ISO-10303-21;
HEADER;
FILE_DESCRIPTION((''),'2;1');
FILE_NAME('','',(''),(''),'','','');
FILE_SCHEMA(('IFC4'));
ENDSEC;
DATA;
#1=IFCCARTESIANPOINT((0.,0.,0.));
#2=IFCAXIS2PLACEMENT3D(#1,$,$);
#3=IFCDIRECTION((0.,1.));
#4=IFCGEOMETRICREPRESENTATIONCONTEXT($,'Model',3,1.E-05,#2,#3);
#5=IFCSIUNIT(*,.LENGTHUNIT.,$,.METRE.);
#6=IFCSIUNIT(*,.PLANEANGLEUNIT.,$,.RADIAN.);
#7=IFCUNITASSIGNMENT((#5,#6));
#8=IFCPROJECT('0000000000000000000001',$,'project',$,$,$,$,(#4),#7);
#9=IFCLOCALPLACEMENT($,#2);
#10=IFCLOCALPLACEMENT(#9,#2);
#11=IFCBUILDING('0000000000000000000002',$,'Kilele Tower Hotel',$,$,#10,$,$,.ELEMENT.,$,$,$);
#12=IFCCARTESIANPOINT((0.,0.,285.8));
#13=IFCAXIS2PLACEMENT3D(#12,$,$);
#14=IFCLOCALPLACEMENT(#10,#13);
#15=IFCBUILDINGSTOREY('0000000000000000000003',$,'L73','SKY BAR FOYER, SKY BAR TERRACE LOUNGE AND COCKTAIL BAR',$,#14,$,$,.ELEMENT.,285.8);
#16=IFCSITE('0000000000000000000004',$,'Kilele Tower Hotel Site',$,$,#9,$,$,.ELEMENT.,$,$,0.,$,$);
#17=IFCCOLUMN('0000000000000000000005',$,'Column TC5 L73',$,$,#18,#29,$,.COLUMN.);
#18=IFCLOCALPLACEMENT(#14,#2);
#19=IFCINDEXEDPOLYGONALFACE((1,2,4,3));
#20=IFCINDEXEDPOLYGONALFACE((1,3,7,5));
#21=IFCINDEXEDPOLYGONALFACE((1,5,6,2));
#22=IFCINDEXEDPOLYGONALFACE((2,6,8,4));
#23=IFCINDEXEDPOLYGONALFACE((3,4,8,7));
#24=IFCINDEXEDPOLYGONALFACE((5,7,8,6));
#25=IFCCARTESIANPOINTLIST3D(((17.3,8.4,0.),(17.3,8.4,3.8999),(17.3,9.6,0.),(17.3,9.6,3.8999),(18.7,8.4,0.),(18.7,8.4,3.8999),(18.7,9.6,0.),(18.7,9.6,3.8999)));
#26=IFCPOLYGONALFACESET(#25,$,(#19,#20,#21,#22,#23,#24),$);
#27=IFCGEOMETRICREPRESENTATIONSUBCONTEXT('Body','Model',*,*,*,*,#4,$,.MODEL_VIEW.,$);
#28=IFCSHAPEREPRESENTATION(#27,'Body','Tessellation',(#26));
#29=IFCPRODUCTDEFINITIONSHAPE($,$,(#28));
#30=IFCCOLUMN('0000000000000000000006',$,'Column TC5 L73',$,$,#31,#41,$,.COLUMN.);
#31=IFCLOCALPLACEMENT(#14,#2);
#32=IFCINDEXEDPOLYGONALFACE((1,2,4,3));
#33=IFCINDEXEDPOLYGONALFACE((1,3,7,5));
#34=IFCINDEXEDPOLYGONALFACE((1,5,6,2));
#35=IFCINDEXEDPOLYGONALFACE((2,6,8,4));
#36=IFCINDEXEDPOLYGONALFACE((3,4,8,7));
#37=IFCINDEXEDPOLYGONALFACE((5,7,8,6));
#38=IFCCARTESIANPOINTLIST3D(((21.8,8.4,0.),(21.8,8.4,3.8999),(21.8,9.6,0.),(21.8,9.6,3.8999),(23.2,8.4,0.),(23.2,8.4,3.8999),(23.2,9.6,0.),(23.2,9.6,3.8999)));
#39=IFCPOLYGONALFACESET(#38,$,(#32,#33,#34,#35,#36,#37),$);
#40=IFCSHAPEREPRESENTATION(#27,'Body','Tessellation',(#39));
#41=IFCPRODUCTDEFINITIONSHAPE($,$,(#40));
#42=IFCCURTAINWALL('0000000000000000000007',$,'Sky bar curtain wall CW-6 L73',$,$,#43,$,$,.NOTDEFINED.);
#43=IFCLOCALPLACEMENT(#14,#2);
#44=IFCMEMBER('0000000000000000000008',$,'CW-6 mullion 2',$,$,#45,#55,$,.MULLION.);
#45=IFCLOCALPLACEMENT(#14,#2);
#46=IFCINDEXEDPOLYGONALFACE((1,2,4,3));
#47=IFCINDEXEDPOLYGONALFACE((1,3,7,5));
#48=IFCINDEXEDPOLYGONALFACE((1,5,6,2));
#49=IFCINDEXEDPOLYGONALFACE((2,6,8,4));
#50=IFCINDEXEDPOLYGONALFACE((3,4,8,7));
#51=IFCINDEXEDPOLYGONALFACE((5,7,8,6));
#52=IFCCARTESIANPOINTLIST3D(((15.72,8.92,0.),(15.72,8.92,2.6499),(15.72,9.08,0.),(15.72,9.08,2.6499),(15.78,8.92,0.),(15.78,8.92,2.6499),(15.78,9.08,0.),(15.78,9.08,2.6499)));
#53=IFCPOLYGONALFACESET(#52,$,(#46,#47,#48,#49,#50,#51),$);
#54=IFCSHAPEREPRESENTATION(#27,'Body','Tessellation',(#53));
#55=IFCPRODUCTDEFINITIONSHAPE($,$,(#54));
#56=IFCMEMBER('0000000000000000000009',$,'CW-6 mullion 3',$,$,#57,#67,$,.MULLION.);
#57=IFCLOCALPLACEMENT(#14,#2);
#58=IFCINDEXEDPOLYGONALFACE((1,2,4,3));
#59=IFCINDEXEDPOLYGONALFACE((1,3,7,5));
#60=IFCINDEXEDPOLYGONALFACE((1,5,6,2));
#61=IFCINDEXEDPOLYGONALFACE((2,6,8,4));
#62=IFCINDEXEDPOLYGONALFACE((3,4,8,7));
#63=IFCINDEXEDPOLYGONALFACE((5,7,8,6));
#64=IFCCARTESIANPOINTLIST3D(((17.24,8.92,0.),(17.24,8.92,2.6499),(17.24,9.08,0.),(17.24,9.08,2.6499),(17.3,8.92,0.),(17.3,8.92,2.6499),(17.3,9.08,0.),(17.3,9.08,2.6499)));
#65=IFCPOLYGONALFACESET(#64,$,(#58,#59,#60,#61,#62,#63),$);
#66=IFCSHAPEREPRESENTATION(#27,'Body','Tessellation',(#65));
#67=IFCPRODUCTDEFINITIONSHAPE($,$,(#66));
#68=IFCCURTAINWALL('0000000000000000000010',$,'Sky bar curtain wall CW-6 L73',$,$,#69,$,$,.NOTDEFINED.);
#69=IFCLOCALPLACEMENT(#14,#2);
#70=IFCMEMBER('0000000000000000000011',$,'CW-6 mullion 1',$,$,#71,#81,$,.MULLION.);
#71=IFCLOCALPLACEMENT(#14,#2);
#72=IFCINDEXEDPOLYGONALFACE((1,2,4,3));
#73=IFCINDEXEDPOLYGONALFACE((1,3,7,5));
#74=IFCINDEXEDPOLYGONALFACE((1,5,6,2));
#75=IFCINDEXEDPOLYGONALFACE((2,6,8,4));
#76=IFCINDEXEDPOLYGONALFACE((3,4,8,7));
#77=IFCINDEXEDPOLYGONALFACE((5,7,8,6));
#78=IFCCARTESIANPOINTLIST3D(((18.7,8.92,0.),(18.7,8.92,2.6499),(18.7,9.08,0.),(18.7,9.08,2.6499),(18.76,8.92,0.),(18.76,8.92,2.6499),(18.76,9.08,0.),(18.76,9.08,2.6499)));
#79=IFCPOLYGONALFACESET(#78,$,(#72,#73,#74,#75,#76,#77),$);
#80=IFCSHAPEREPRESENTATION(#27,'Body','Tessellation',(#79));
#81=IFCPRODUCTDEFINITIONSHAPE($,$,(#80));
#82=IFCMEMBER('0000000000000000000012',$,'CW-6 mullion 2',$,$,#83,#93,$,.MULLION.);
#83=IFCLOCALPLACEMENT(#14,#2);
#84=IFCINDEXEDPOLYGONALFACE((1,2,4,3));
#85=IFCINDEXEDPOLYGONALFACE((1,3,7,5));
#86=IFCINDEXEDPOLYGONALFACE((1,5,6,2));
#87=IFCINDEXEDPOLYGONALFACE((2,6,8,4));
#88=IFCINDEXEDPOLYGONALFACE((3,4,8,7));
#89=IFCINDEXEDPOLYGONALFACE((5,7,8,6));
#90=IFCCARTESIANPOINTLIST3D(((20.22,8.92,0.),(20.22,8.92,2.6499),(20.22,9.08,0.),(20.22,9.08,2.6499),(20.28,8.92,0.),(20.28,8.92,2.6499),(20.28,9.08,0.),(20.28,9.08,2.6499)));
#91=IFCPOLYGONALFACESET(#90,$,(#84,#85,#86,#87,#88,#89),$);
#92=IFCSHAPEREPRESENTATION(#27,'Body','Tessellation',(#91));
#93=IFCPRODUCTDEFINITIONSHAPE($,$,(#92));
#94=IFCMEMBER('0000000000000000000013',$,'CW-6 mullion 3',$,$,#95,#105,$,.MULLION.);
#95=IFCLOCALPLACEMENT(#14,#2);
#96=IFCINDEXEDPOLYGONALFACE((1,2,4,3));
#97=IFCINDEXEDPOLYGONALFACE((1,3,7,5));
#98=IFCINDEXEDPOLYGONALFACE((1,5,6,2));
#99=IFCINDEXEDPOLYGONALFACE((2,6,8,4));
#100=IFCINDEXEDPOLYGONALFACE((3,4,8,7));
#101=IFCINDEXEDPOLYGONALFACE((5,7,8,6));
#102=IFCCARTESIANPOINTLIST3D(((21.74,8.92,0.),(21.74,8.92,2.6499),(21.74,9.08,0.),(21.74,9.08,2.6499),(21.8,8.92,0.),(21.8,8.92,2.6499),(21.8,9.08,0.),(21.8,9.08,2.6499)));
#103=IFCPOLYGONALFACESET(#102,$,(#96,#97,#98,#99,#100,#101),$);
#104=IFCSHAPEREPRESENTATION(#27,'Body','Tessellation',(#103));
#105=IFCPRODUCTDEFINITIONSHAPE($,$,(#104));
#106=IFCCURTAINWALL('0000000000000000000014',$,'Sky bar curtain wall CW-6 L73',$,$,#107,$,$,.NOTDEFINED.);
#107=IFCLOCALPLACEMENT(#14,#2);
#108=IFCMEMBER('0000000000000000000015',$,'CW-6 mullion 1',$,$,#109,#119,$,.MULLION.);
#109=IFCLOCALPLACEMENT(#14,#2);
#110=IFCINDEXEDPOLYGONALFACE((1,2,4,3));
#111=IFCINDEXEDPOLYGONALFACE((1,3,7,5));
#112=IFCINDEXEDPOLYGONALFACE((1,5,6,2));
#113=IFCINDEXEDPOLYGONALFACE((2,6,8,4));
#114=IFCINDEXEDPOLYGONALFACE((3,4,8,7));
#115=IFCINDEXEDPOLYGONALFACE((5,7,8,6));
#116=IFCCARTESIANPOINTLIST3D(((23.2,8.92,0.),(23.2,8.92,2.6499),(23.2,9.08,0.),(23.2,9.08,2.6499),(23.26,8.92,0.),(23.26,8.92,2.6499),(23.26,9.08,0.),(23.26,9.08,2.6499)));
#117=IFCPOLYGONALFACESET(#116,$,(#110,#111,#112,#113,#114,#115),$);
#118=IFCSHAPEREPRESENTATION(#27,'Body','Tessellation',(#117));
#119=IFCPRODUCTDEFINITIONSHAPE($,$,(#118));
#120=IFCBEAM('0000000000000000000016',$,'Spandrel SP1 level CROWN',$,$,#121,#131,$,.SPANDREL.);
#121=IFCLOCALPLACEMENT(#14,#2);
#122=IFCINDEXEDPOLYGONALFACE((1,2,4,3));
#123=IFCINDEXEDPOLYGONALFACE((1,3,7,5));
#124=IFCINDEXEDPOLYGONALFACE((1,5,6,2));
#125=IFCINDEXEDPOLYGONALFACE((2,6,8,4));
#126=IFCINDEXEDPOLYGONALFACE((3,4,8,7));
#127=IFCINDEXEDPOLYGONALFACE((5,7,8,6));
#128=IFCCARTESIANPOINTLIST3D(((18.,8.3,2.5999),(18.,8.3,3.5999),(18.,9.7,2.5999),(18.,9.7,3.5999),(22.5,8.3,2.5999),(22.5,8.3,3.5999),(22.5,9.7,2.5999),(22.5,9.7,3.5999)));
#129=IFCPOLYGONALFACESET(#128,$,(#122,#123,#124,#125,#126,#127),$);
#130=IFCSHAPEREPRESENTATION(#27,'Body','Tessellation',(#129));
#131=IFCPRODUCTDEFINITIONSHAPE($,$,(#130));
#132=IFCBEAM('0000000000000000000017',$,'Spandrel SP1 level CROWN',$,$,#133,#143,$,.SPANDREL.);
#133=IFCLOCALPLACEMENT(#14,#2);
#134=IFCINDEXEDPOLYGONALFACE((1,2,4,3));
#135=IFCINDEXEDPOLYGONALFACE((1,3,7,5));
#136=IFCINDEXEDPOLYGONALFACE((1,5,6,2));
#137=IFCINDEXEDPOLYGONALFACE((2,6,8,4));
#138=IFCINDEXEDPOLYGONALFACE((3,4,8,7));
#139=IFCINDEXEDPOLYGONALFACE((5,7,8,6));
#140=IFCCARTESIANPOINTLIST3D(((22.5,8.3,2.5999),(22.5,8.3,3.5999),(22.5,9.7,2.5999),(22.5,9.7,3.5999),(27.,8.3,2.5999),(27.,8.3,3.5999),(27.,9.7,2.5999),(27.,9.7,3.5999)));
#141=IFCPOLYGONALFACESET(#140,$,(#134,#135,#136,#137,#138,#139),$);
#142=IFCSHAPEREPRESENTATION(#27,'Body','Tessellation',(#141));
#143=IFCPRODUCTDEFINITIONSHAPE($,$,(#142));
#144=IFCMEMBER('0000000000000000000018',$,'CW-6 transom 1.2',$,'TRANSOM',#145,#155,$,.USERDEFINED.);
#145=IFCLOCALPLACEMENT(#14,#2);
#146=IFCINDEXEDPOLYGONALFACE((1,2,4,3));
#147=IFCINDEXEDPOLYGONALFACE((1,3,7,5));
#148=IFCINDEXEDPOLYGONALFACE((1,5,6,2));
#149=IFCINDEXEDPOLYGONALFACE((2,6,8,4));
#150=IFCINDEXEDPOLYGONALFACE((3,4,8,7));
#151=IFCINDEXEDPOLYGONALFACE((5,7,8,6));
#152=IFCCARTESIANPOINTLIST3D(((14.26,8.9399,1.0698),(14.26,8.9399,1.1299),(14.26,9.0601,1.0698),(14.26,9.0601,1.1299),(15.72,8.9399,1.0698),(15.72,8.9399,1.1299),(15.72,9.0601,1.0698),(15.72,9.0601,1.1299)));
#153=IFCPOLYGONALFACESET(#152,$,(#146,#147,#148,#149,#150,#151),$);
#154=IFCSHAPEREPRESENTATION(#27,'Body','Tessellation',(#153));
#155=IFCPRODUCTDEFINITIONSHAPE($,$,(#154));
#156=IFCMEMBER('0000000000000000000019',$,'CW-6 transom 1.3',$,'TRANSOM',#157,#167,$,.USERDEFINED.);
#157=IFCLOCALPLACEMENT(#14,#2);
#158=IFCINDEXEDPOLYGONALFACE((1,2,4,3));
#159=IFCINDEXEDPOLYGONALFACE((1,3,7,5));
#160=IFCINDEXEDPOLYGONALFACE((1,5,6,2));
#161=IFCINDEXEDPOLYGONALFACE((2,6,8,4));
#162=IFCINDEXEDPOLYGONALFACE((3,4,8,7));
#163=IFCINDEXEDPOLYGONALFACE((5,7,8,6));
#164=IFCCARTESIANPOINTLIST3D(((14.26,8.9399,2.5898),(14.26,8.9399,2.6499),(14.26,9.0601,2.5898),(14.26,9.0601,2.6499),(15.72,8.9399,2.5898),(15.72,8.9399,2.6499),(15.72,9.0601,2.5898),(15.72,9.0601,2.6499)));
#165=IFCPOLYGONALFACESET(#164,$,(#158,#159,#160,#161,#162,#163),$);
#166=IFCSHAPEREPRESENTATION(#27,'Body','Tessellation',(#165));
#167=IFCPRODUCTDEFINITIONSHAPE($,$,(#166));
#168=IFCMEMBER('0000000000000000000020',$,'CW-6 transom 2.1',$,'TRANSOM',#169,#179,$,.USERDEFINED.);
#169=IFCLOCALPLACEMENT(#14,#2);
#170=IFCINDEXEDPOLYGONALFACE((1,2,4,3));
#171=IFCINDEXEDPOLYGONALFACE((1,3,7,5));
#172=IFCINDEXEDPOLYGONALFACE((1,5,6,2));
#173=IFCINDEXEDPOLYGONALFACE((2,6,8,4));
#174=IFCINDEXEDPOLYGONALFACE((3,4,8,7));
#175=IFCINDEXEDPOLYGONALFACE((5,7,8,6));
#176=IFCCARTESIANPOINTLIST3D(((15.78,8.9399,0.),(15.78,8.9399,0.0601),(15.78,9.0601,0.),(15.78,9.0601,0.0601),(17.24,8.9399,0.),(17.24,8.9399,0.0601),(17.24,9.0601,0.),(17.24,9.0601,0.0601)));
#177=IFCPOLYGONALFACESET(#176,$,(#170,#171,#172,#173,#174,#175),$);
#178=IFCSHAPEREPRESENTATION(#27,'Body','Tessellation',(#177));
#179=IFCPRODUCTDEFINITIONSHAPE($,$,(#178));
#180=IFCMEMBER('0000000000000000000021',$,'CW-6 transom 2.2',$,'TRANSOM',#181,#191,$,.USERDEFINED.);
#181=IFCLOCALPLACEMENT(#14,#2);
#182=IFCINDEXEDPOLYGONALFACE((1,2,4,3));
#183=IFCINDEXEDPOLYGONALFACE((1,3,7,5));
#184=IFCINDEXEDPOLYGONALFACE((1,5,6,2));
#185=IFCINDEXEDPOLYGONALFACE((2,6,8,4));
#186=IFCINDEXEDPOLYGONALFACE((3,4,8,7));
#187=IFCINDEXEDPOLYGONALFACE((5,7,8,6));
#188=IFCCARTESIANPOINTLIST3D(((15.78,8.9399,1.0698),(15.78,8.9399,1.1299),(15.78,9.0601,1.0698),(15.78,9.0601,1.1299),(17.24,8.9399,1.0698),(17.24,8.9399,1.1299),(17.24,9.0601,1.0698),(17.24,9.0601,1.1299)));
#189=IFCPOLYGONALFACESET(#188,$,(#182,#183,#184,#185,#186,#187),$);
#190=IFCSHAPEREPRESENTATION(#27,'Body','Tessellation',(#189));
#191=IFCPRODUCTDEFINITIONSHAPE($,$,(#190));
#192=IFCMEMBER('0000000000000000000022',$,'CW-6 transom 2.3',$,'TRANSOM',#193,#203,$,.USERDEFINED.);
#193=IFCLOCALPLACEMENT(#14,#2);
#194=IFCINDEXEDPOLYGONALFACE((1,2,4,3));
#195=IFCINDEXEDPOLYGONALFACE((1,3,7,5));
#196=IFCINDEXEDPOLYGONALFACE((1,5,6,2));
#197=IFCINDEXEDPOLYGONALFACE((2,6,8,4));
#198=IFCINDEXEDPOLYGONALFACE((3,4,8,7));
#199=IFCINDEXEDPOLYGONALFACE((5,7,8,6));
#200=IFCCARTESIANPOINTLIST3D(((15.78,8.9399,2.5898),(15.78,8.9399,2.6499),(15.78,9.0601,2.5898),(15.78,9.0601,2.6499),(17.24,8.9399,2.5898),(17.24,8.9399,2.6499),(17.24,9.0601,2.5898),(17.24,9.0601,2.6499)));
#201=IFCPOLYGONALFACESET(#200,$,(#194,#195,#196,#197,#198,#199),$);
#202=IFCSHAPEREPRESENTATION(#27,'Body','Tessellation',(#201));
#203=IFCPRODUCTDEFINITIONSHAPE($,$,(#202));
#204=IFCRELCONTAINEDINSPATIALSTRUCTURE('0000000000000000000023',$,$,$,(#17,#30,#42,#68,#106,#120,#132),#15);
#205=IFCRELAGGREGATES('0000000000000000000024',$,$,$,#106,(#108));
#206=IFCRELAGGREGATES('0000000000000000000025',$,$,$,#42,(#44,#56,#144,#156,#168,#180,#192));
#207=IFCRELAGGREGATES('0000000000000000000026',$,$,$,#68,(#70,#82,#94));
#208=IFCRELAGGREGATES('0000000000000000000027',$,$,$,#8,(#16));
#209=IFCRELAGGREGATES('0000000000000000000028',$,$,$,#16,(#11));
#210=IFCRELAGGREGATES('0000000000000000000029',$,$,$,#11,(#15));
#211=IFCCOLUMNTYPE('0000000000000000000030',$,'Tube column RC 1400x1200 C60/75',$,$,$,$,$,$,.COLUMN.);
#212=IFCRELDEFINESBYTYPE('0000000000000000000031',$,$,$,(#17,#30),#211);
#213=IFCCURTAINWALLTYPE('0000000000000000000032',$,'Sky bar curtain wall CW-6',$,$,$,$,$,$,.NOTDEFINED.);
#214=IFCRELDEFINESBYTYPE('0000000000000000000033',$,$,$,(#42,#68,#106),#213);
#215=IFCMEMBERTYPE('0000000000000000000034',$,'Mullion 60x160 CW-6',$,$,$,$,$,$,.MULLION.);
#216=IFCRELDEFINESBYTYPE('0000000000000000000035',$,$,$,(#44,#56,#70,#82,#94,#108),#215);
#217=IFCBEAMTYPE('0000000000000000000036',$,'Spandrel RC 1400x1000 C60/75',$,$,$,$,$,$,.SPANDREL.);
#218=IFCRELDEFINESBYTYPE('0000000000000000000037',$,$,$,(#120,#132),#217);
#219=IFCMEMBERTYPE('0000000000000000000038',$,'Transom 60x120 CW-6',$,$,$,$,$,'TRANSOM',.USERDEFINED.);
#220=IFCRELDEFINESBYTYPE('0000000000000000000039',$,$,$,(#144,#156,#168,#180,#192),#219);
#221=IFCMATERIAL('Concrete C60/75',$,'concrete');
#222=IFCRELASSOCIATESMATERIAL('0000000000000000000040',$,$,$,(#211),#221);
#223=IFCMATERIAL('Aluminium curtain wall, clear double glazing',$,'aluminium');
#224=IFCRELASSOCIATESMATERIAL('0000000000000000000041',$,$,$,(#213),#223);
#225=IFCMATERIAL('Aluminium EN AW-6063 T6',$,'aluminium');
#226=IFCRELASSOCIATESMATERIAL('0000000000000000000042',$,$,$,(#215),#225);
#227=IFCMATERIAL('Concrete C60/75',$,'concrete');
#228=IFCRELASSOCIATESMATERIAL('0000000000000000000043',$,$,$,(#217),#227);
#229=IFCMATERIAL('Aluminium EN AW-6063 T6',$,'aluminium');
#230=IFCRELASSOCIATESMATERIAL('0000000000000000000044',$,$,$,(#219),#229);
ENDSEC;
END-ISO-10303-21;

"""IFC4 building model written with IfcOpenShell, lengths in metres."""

from ifc_helpers import new_model, si_unit, direction, frame, origin, origin_2d, place, context, subcontext, project, spatial, rectangle, extrude, material, material_profile, profile_set, type_object, element, aggregate, save


model = new_model("IFC4")

# Units and contexts
model_context = context("Model", 3, precision=1e-05, world=origin(), true_north=direction((0.0, 1.0)))
body_context = subcontext(model_context, "Body", "Model", "MODEL_VIEW")
ifc_project = project(units=[si_unit("LENGTHUNIT", "METRE"), si_unit("PLANEANGLEUNIT", "RADIAN")], contexts=[model_context])

# Site, building, storey
site_placement = place(None, origin())
site = spatial("IfcSite", under=ifc_project, at=site_placement, Name="Kilele Tower Hotel Site", CompositionType="ELEMENT", RefElevation=0.0)
building_placement = place(site_placement, origin())
building = spatial("IfcBuilding", under=site, at=building_placement, Name="Kilele Tower Hotel", CompositionType="ELEMENT")
storey_placement = place(building_placement, frame((0.0, 0.0, 285.8)))
storey = spatial("IfcBuildingStorey", under=building, at=storey_placement, Name="L73", Description="SKY BAR FOYER, SKY BAR TERRACE LOUNGE AND COCKTAIL BAR", CompositionType="ELEMENT", Elevation=285.8)

# Columns
ifc_material_1 = material(Name="Concrete C60/75", Category="concrete")
ifc_material_profile_1 = material_profile(ifc_material_1, rectangle(XDim=1.3999, YDim=1.2, at=origin_2d()))
ifc_profile_set_1 = profile_set([ifc_material_profile_1], Name="Concrete C60/75")
column_type = type_object("IfcColumnType", Name="Tube column RC 1400x1200 C60/75", PredefinedType="COLUMN", material=ifc_profile_set_1)
for number, where, z_axis, x_axis, name in (
    (1, (18.0, 9.0, 0.0), (0.0, 0.0, 1.0), (1.0, 0.0, 0.0), "Column TC5 L73"),
    (2, (22.5, 9.0, 0.0), (0.0, 0.0, 1.0), (1.0, 0.0, 0.0), "Column TC5 L73"),
):
    element("IfcColumn", number, at=place(storey_placement, frame(where, z_axis=z_axis, x_axis=x_axis)), inside=storey, type_object=column_type, Name=name, PredefinedType="COLUMN", context=body_context, shape_type="SweptSolid", body=[
        extrude(rectangle(XDim=1.3999, YDim=1.2, at=origin_2d()), origin(), (0.0, 0.0, 1.0), 3.8999),
    ])

# Curtain walls, members
ifc_material_2 = material(Name="Aluminium curtain wall, clear double glazing", Category="aluminium")
curtain_wall_type = type_object("IfcCurtainWallType", Name="Sky bar curtain wall CW-6", PredefinedType="NOTDEFINED", material=ifc_material_2)
curtain_wall_1_placement = place(storey_placement, origin())
curtain_wall_1 = element("IfcCurtainWall", 3, at=curtain_wall_1_placement, inside=storey, type_object=curtain_wall_type, Name="Sky bar curtain wall CW-6 L73", PredefinedType="NOTDEFINED")
ifc_material_3 = material(Name="Aluminium EN AW-6063 T6", Category="aluminium")
ifc_material_profile_2 = material_profile(ifc_material_3, rectangle(XDim=0.1599, YDim=0.0601, at=origin_2d()))
ifc_profile_set_2 = profile_set([ifc_material_profile_2], Name="Aluminium EN AW-6063 T6")
member_type_1 = type_object("IfcMemberType", Name="Mullion 60x160 CW-6", PredefinedType="MULLION", material=ifc_profile_set_2)
member_1_placement = place(storey_placement, frame((15.75, 9.0, 0.0), z_axis=(0.0, 0.0, 1.0), x_axis=(0.0, 1.0, 0.0)))
member_1 = element("IfcMember", 4, at=member_1_placement, type_object=member_type_1, Name="CW-6 mullion 2", PredefinedType="MULLION", context=body_context, shape_type="SweptSolid", body=[
    extrude(rectangle(XDim=0.1599, YDim=0.0601, at=origin_2d()), origin(), (0.0, 0.0, 1.0), 2.6499),
])
member_2_placement = place(storey_placement, frame((17.27, 9.0, 0.0), z_axis=(0.0, 0.0, 1.0), x_axis=(0.0, 1.0, 0.0)))
member_2 = element("IfcMember", 5, at=member_2_placement, type_object=member_type_1, Name="CW-6 mullion 3", PredefinedType="MULLION", context=body_context, shape_type="SweptSolid", body=[
    extrude(rectangle(XDim=0.1599, YDim=0.0601, at=origin_2d()), origin(), (0.0, 0.0, 1.0), 2.6499),
])
curtain_wall_2_placement = place(storey_placement, origin())
curtain_wall_2 = element("IfcCurtainWall", 6, at=curtain_wall_2_placement, inside=storey, type_object=curtain_wall_type, Name="Sky bar curtain wall CW-6 L73", PredefinedType="NOTDEFINED")
member_3_placement = place(storey_placement, frame((18.73, 9.0, 0.0), z_axis=(0.0, 0.0, 1.0), x_axis=(0.0, 1.0, 0.0)))
member_3 = element("IfcMember", 7, at=member_3_placement, type_object=member_type_1, Name="CW-6 mullion 1", PredefinedType="MULLION", context=body_context, shape_type="SweptSolid", body=[
    extrude(rectangle(XDim=0.1599, YDim=0.0601, at=origin_2d()), origin(), (0.0, 0.0, 1.0), 2.6499),
])
member_4_placement = place(storey_placement, frame((20.25, 9.0, 0.0), z_axis=(0.0, 0.0, 1.0), x_axis=(0.0, 1.0, 0.0)))
member_4 = element("IfcMember", 8, at=member_4_placement, type_object=member_type_1, Name="CW-6 mullion 2", PredefinedType="MULLION", context=body_context, shape_type="SweptSolid", body=[
    extrude(rectangle(XDim=0.1599, YDim=0.0601, at=origin_2d()), origin(), (0.0, 0.0, 1.0), 2.6499),
])
member_5_placement = place(storey_placement, frame((21.77, 9.0, 0.0), z_axis=(0.0, 0.0, 1.0), x_axis=(0.0, 1.0, 0.0)))
member_5 = element("IfcMember", 9, at=member_5_placement, type_object=member_type_1, Name="CW-6 mullion 3", PredefinedType="MULLION", context=body_context, shape_type="SweptSolid", body=[
    extrude(rectangle(XDim=0.1599, YDim=0.0601, at=origin_2d()), origin(), (0.0, 0.0, 1.0), 2.6499),
])

# Curtain wall, member
curtain_wall_3_placement = place(storey_placement, origin())
curtain_wall_3 = element("IfcCurtainWall", 10, at=curtain_wall_3_placement, inside=storey, type_object=curtain_wall_type, Name="Sky bar curtain wall CW-6 L73", PredefinedType="NOTDEFINED")
member_6_placement = place(storey_placement, frame((23.23, 9.0, 0.0), z_axis=(0.0, 0.0, 1.0), x_axis=(0.0, 1.0, 0.0)))
member_6 = element("IfcMember", 11, at=member_6_placement, type_object=member_type_1, Name="CW-6 mullion 1", PredefinedType="MULLION", context=body_context, shape_type="SweptSolid", body=[
    extrude(rectangle(XDim=0.1599, YDim=0.0601, at=origin_2d()), origin(), (0.0, 0.0, 1.0), 2.6499),
])
aggregate(curtain_wall_3, [member_6])

# Beams
ifc_material_4 = material(Name="Concrete C60/75", Category="concrete")
ifc_material_profile_3 = material_profile(ifc_material_4, rectangle(XDim=1.3999, YDim=1.0, at=origin_2d()))
ifc_profile_set_3 = profile_set([ifc_material_profile_3], Name="Concrete C60/75")
beam_type = type_object("IfcBeamType", Name="Spandrel RC 1400x1000 C60/75", PredefinedType="SPANDREL", material=ifc_profile_set_3)
for number, where, z_axis, x_axis, name in (
    (12, (18.0, 9.0, 3.0999), (1.0, 0.0, 0.0), (0.0, 1.0, 0.0), "Spandrel SP1 level CROWN"),
    (13, (22.5, 9.0, 3.0999), (1.0, 0.0, 0.0), (0.0, 1.0, 0.0), "Spandrel SP1 level CROWN"),
):
    element("IfcBeam", number, at=place(storey_placement, frame(where, z_axis=z_axis, x_axis=x_axis)), inside=storey, type_object=beam_type, Name=name, PredefinedType="SPANDREL", context=body_context, shape_type="SweptSolid", body=[
        extrude(rectangle(XDim=1.3999, YDim=1.0, at=origin_2d()), origin(), (0.0, 0.0, 1.0), 4.5),
    ])

# Members
ifc_material_5 = material(Name="Aluminium EN AW-6063 T6", Category="aluminium")
ifc_material_profile_4 = material_profile(ifc_material_5, rectangle(XDim=0.1201, YDim=0.0601, at=origin_2d()))
ifc_profile_set_4 = profile_set([ifc_material_profile_4], Name="Aluminium EN AW-6063 T6")
member_type_2 = type_object("IfcMemberType", Name="Transom 60x120 CW-6", ElementType="TRANSOM", PredefinedType="USERDEFINED", material=ifc_profile_set_4)
member_7_placement = place(storey_placement, frame((14.26, 9.0, 1.0999), z_axis=(1.0, 0.0, 0.0), x_axis=(0.0, 1.0, 0.0)))
member_7 = element("IfcMember", 14, at=member_7_placement, type_object=member_type_2, Name="CW-6 transom 1.2", ObjectType="TRANSOM", PredefinedType="USERDEFINED", context=body_context, shape_type="SweptSolid", body=[
    extrude(rectangle(XDim=0.1201, YDim=0.0601, at=origin_2d()), origin(), (0.0, 0.0, 1.0), 1.46),
])
member_8_placement = place(storey_placement, frame((14.26, 9.0, 2.6199), z_axis=(1.0, 0.0, 0.0), x_axis=(0.0, 1.0, 0.0)))
member_8 = element("IfcMember", 15, at=member_8_placement, type_object=member_type_2, Name="CW-6 transom 1.3", ObjectType="TRANSOM", PredefinedType="USERDEFINED", context=body_context, shape_type="SweptSolid", body=[
    extrude(rectangle(XDim=0.1201, YDim=0.0601, at=origin_2d()), origin(), (0.0, 0.0, 1.0), 1.46),
])
member_9_placement = place(storey_placement, frame((15.78, 9.0, 0.03), z_axis=(1.0, 0.0, 0.0), x_axis=(0.0, 1.0, 0.0)))
member_9 = element("IfcMember", 16, at=member_9_placement, type_object=member_type_2, Name="CW-6 transom 2.1", ObjectType="TRANSOM", PredefinedType="USERDEFINED", context=body_context, shape_type="SweptSolid", body=[
    extrude(rectangle(XDim=0.1201, YDim=0.0601, at=origin_2d()), origin(), (0.0, 0.0, 1.0), 1.46),
])
member_10_placement = place(storey_placement, frame((15.78, 9.0, 1.0999), z_axis=(1.0, 0.0, 0.0), x_axis=(0.0, 1.0, 0.0)))
member_10 = element("IfcMember", 17, at=member_10_placement, type_object=member_type_2, Name="CW-6 transom 2.2", ObjectType="TRANSOM", PredefinedType="USERDEFINED", context=body_context, shape_type="SweptSolid", body=[
    extrude(rectangle(XDim=0.1201, YDim=0.0601, at=origin_2d()), origin(), (0.0, 0.0, 1.0), 1.46),
])
member_11_placement = place(storey_placement, frame((15.78, 9.0, 2.6199), z_axis=(1.0, 0.0, 0.0), x_axis=(0.0, 1.0, 0.0)))
member_11 = element("IfcMember", 18, at=member_11_placement, type_object=member_type_2, Name="CW-6 transom 2.3", ObjectType="TRANSOM", PredefinedType="USERDEFINED", context=body_context, shape_type="SweptSolid", body=[
    extrude(rectangle(XDim=0.1201, YDim=0.0601, at=origin_2d()), origin(), (0.0, 0.0, 1.0), 1.46),
])

aggregate(curtain_wall_1, [member_1, member_2, member_7, member_8, member_9, member_10, member_11])
aggregate(curtain_wall_2, [member_3, member_4, member_5])

save(model, "model.ifc")
